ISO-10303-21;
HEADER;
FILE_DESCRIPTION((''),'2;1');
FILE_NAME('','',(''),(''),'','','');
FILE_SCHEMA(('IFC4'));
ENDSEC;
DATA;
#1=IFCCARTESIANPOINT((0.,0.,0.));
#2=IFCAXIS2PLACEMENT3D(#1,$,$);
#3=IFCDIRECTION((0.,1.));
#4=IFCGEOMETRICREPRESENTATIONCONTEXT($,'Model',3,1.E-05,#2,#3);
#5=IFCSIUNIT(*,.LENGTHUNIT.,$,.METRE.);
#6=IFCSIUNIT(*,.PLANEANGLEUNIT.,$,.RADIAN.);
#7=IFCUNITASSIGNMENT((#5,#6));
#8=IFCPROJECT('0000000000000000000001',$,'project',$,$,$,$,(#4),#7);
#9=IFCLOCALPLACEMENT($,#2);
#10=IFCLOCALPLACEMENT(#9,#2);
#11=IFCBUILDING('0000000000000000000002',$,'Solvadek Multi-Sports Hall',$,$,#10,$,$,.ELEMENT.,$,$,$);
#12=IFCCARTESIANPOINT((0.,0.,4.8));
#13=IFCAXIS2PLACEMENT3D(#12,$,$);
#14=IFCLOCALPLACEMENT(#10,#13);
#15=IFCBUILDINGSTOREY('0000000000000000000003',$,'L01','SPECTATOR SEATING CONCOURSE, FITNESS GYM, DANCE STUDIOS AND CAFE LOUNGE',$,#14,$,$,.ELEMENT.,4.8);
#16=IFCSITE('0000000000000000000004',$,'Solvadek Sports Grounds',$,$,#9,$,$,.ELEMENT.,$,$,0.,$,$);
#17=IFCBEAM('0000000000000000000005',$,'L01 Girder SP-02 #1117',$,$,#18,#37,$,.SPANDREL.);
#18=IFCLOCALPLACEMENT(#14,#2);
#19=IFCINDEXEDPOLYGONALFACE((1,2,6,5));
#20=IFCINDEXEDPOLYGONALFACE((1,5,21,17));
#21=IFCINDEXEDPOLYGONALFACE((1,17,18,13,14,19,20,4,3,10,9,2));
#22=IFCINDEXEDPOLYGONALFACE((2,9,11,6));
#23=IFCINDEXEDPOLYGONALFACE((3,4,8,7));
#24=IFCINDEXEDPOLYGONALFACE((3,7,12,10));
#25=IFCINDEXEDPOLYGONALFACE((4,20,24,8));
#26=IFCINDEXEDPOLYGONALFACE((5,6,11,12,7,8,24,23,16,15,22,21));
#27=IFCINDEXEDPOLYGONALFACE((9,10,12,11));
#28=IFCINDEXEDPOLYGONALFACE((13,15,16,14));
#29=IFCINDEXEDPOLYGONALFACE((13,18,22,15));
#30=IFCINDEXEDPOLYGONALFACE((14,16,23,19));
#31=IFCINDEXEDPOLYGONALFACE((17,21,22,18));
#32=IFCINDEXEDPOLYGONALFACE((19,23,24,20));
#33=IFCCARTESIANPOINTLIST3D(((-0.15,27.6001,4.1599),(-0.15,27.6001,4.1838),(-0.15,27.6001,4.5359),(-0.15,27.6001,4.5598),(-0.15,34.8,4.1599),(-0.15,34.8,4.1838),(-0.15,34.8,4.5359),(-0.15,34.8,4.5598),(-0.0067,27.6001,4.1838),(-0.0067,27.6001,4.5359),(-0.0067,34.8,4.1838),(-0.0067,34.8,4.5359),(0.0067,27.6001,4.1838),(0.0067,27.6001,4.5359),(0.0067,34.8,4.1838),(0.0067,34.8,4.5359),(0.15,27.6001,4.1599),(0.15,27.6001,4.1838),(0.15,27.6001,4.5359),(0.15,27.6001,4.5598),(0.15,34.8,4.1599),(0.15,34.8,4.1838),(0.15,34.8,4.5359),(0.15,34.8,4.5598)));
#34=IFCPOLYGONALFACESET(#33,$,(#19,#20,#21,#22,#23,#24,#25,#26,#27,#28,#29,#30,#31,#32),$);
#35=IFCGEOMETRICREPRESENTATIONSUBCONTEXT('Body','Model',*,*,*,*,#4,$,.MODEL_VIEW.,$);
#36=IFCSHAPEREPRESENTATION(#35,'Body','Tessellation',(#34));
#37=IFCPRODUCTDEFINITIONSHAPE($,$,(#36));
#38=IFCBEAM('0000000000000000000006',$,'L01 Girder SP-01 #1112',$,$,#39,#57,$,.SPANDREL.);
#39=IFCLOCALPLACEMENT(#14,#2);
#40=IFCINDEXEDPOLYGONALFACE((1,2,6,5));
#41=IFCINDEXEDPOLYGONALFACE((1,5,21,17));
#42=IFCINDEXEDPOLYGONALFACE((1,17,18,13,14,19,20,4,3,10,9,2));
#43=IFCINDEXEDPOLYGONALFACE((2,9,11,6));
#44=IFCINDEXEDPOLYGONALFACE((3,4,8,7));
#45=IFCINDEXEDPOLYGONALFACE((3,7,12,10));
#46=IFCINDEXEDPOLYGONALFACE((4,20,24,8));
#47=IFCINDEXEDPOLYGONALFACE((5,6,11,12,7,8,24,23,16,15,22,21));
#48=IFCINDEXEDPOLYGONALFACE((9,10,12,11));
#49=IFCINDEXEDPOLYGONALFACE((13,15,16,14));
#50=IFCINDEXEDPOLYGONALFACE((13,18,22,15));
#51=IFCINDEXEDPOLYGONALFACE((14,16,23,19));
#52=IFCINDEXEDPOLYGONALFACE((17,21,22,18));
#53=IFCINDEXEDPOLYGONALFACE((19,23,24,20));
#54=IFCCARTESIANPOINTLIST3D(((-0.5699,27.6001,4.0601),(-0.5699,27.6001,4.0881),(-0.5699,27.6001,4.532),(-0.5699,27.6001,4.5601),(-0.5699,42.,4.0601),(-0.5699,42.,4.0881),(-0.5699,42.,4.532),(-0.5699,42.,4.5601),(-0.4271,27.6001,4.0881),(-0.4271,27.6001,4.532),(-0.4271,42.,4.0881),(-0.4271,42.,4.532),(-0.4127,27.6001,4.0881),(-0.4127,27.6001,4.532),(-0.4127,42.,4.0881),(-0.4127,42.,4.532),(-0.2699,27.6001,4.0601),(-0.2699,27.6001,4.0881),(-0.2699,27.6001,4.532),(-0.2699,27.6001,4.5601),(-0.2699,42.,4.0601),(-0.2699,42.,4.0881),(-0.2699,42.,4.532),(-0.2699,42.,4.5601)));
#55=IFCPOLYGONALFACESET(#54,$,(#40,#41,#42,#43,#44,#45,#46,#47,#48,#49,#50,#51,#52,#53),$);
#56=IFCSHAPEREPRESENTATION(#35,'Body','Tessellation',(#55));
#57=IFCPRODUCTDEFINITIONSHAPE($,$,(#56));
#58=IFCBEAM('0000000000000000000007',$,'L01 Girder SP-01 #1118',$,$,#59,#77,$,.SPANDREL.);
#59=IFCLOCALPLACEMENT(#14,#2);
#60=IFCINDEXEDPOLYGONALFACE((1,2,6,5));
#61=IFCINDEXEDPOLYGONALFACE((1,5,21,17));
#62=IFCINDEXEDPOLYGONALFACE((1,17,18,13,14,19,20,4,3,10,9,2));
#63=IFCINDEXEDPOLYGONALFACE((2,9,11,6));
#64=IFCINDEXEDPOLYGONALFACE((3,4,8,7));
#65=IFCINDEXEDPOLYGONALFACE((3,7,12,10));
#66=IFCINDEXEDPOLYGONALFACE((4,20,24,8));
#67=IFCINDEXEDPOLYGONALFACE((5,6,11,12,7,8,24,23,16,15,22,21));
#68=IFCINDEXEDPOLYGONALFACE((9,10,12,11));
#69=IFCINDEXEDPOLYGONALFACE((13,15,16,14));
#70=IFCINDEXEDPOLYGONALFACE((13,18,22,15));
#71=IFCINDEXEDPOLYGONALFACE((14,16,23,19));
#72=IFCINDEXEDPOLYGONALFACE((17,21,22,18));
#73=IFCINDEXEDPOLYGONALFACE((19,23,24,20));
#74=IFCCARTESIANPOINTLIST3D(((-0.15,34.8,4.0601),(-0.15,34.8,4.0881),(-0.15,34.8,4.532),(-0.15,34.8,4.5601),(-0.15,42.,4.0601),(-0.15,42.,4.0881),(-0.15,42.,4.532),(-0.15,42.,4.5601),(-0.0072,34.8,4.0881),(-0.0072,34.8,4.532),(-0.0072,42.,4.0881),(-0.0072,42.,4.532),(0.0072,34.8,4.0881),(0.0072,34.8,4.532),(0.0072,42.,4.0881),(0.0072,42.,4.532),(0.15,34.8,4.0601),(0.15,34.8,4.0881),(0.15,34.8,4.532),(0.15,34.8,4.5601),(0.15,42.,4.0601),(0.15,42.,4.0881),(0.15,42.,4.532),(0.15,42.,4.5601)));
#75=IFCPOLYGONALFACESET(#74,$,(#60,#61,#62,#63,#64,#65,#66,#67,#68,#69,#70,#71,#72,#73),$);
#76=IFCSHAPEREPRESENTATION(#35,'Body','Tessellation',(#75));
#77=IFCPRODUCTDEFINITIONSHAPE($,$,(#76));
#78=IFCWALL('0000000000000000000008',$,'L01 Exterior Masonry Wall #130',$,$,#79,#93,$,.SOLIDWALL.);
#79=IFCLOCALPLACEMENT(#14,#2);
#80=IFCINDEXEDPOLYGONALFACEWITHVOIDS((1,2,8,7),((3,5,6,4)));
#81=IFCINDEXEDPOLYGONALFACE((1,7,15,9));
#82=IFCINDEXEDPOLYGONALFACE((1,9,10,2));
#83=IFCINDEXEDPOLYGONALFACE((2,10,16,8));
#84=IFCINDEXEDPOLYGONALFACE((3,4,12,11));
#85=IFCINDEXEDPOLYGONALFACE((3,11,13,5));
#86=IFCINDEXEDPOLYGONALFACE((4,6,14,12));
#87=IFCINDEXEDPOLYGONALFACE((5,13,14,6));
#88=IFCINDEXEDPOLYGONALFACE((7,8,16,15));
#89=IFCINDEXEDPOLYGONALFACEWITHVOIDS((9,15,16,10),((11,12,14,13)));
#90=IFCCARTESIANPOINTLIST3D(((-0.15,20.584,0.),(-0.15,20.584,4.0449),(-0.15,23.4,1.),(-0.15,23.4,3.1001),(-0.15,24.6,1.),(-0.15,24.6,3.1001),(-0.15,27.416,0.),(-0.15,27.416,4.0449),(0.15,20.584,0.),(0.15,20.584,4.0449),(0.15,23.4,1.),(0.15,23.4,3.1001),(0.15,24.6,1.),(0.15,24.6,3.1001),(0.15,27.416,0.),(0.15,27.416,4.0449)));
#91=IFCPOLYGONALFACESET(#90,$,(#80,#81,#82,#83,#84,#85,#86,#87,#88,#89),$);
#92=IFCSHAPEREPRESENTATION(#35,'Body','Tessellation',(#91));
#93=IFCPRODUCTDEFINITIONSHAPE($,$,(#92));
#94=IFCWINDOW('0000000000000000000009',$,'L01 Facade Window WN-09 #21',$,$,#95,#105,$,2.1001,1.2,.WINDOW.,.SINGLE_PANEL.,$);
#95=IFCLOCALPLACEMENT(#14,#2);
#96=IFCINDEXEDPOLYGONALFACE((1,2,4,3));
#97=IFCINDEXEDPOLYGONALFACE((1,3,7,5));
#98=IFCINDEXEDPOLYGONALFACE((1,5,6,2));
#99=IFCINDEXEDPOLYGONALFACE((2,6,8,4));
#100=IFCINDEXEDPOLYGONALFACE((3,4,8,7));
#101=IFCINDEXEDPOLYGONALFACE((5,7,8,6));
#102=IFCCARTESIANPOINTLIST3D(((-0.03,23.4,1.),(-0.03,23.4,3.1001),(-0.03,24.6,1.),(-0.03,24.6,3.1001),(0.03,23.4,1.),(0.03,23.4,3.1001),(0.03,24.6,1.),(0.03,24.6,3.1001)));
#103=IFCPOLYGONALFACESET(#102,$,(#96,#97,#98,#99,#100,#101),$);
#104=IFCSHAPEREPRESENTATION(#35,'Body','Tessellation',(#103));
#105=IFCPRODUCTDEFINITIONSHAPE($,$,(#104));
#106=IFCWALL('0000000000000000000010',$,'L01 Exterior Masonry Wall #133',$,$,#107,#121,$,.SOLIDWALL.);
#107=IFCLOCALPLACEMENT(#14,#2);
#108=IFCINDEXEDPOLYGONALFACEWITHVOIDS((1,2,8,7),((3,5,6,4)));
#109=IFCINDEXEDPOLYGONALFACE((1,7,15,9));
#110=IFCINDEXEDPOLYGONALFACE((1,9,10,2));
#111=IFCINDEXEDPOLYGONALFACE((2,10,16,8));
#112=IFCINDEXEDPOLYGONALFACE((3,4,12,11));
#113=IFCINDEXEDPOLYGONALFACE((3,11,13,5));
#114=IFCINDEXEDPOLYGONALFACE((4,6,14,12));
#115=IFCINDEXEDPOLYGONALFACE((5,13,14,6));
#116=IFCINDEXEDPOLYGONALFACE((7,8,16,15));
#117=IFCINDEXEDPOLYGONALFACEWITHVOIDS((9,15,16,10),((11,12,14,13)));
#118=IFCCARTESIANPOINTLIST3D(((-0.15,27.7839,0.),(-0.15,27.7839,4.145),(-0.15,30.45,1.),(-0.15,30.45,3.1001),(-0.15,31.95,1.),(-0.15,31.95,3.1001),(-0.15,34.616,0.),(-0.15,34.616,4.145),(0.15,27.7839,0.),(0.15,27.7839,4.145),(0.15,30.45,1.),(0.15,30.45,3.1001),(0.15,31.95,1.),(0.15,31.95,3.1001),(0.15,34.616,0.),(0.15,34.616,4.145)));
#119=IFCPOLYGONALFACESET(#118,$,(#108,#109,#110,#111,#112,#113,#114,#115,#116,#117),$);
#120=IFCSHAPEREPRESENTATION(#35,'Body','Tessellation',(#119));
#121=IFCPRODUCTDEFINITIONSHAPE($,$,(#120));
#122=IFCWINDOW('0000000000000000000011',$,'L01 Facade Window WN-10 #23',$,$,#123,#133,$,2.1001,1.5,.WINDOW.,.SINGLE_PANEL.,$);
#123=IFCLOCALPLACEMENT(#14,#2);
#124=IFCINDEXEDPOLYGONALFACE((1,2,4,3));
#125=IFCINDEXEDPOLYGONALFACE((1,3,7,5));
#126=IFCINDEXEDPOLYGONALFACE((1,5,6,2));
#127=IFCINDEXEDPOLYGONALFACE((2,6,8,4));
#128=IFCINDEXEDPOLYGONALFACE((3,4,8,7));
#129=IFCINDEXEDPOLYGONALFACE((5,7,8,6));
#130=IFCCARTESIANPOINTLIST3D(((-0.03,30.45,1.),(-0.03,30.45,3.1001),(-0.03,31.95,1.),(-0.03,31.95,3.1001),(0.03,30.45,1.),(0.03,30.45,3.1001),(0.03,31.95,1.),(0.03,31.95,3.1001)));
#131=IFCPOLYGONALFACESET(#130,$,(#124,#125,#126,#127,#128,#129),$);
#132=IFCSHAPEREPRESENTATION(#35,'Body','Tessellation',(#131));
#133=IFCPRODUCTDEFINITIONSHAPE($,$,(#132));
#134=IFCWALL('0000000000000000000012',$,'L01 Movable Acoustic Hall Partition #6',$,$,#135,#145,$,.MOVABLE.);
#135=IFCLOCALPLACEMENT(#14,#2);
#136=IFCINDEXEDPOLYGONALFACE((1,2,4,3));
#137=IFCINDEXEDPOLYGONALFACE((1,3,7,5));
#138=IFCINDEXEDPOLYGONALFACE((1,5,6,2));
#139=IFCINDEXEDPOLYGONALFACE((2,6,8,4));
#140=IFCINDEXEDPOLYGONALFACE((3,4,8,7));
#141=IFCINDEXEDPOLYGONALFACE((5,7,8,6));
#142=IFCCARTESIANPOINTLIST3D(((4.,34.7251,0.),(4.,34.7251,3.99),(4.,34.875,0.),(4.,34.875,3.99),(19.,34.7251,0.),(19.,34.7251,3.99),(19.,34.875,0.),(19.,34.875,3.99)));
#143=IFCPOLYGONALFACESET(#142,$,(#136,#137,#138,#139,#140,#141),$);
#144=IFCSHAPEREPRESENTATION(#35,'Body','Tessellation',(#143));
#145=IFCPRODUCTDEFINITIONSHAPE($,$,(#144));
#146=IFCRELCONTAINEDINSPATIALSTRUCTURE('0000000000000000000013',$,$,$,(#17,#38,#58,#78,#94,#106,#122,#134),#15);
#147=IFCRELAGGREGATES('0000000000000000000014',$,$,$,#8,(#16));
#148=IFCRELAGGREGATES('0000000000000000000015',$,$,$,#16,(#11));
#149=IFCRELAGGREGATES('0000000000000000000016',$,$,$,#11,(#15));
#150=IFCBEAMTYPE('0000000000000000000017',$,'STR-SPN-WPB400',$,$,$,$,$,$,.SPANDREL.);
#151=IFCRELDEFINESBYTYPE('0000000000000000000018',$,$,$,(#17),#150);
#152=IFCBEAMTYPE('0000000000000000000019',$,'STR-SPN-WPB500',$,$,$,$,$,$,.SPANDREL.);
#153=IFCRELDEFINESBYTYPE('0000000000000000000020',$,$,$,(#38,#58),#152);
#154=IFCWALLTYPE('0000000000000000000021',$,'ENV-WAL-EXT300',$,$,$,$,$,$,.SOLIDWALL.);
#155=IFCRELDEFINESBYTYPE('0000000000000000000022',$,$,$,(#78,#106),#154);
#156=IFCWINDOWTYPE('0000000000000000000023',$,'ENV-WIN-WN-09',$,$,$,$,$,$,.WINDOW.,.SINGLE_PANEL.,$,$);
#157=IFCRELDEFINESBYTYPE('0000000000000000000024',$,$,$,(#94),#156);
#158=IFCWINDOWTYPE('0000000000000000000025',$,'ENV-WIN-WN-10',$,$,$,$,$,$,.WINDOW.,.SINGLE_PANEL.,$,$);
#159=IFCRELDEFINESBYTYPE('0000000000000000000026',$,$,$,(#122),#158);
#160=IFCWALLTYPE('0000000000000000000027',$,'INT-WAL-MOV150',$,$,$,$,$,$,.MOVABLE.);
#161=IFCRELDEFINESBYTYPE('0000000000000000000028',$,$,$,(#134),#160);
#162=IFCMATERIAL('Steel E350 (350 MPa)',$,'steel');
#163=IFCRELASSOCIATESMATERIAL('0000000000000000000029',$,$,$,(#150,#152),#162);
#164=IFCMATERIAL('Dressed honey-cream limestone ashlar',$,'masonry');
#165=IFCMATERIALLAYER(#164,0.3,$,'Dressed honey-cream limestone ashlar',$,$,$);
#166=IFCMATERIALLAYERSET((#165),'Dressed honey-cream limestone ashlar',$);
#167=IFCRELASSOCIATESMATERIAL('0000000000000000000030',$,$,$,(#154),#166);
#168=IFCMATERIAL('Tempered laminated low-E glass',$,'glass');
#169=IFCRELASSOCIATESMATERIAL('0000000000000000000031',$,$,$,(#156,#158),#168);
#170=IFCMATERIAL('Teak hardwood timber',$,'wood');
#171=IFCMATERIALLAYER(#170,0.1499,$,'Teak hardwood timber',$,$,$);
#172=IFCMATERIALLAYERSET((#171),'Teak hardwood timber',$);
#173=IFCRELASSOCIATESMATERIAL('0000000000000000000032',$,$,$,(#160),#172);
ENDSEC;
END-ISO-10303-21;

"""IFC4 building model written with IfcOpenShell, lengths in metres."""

from ifc_helpers import new_model, si_unit, direction, frame, frame_2d, origin, origin_2d, place, context, subcontext, project, spatial, rectangle, i_section, extrude, material, layer, layer_set, material_profile, profile_set, type_object, element, fill, save


model = new_model("IFC4")

# Units and contexts
model_context = context("Model", 3, precision=1e-05, world=origin(), true_north=direction((0.0, 1.0)))
body_context = subcontext(model_context, "Body", "Model", "MODEL_VIEW")
ifc_project = project(units=[si_unit("LENGTHUNIT", "METRE"), si_unit("PLANEANGLEUNIT", "RADIAN")], contexts=[model_context])

# Site, building, storey
site_placement = place(None, origin())
site = spatial("IfcSite", under=ifc_project, at=site_placement, Name="Solvadek Sports Grounds", CompositionType="ELEMENT", RefElevation=0.0)
building_placement = place(site_placement, origin())
building = spatial("IfcBuilding", under=site, at=building_placement, Name="Solvadek Multi-Sports Hall", CompositionType="ELEMENT")
storey_placement = place(building_placement, frame((0.0, 0.0, 4.8)))
storey = spatial("IfcBuildingStorey", under=building, at=storey_placement, Name="L01", Description="SPECTATOR SEATING CONCOURSE, FITNESS GYM, DANCE STUDIOS AND CAFE LOUNGE", CompositionType="ELEMENT", Elevation=4.8)

# Shared definitions
ifc_material_1 = material(Name="Steel E350 (350 MPa)", Category="steel")

# Beams
ifc_material_profile_1 = material_profile(ifc_material_1, i_section(OverallWidth=0.3, OverallDepth=0.3999, WebThickness=0.0134, FlangeThickness=0.0239, at=origin_2d()), Name="WPB 400")
ifc_profile_set_1 = profile_set([ifc_material_profile_1], Name="Steel E350 (350 MPa)")
beam_type_1 = type_object("IfcBeamType", Name="STR-SPN-WPB400", PredefinedType="SPANDREL", material=ifc_profile_set_1)
beam_1_placement = place(storey_placement, frame((0.0, 27.6001, 4.3599), z_axis=(0.0, 1.0, 0.0), x_axis=(-1.0, 0.0, 0.0)))
element("IfcBeam", 1, at=beam_1_placement, inside=storey, type_object=beam_type_1, Name="L01 Girder SP-02 #1117", PredefinedType="SPANDREL", context=body_context, shape_type="SweptSolid", body=[
    extrude(i_section(OverallWidth=0.3, OverallDepth=0.3999, WebThickness=0.0134, FlangeThickness=0.0239, at=origin_2d()), origin(), (0.0, 0.0, 1.0), 7.2),
])
ifc_material_profile_2 = material_profile(ifc_material_1, i_section(OverallWidth=0.3, OverallDepth=0.5, WebThickness=0.0144, FlangeThickness=0.0281, at=origin_2d()), Name="WPB 500")
ifc_profile_set_2 = profile_set([ifc_material_profile_2], Name="Steel E350 (350 MPa)")
beam_type_2 = type_object("IfcBeamType", Name="STR-SPN-WPB500", PredefinedType="SPANDREL", material=ifc_profile_set_2)
beam_2_placement = place(storey_placement, frame((-0.4199, 27.6001, 4.3101), z_axis=(0.0, 1.0, 0.0), x_axis=(-1.0, 0.0, 0.0)))
element("IfcBeam", 2, at=beam_2_placement, inside=storey, type_object=beam_type_2, Name="L01 Girder SP-01 #1112", PredefinedType="SPANDREL", context=body_context, shape_type="SweptSolid", body=[
    extrude(i_section(OverallWidth=0.3, OverallDepth=0.5, WebThickness=0.0144, FlangeThickness=0.0281, at=origin_2d()), origin(), (0.0, 0.0, 1.0), 14.3999),
])
beam_3_placement = place(storey_placement, frame((0.0, 34.8, 4.3101), z_axis=(0.0, 1.0, 0.0), x_axis=(-1.0, 0.0, 0.0)))
element("IfcBeam", 3, at=beam_3_placement, inside=storey, type_object=beam_type_2, Name="L01 Girder SP-01 #1118", PredefinedType="SPANDREL", context=body_context, shape_type="SweptSolid", body=[
    extrude(i_section(OverallWidth=0.3, OverallDepth=0.5, WebThickness=0.0144, FlangeThickness=0.0281, at=origin_2d()), origin(), (0.0, 0.0, 1.0), 7.2),
])

# Walls, openings, windows
ifc_material_2 = material(Name="Dressed honey-cream limestone ashlar", Category="masonry")
ifc_layer_1 = layer(ifc_material_2, 0.3, Name="Dressed honey-cream limestone ashlar")
ifc_layer_set_1 = layer_set([ifc_layer_1], Name="Dressed honey-cream limestone ashlar")
wall_type_1 = type_object("IfcWallType", Name="ENV-WAL-EXT300", PredefinedType="SOLIDWALL", material=ifc_layer_set_1)
wall_1_placement = place(storey_placement, frame((0.0, 20.584, 0.0), z_axis=(0.0, 0.0, 1.0), x_axis=(0.0, 1.0, 0.0)))
wall_1 = element("IfcWall", 4, at=wall_1_placement, inside=storey, type_object=wall_type_1, Name="L01 Exterior Masonry Wall #130", PredefinedType="SOLIDWALL", context=body_context, shape_type="SweptSolid", body=[
    extrude(rectangle(XDim=6.832, YDim=0.3, at=frame_2d((3.416, 0.0))), origin(), (0.0, 0.0, 1.0), 4.0449),
])
opening_1_placement = place(wall_1_placement, frame((2.8159, 0.0, 1.0)))
opening_1 = element("IfcOpeningElement", 5, at=opening_1_placement, cuts=wall_1, PredefinedType="OPENING", context=body_context, shape_type="SweptSolid", body=[
    extrude(rectangle(XDim=1.2, YDim=2.1001, at=frame_2d((0.6001, 1.05))), frame((0.0, 0.1599, 0.0), z_axis=(0.0, -1.0, 0.0), x_axis=(1.0, 0.0, 0.0)), (0.0, 0.0, 1.0), 0.3201),
])
ifc_material_3 = material(Name="Tempered laminated low-E glass", Category="glass")
window_type_1 = type_object("IfcWindowType", Name="ENV-WIN-WN-09", PartitioningType="SINGLE_PANEL", PredefinedType="WINDOW", material=ifc_material_3)
window_1_placement = place(opening_1_placement, origin())
window_1 = element("IfcWindow", 6, at=window_1_placement, inside=storey, type_object=window_type_1, Name="L01 Facade Window WN-09 #21", OverallHeight=2.1001, OverallWidth=1.2, PartitioningType="SINGLE_PANEL", PredefinedType="WINDOW", context=body_context, shape_type="SweptSolid", body=[
    extrude(rectangle(XDim=1.2, YDim=2.1001, at=frame_2d((0.6001, 1.05))), frame((0.0, 0.03, 0.0), z_axis=(0.0, -1.0, 0.0), x_axis=(1.0, 0.0, 0.0)), (0.0, 0.0, 1.0), 0.0601),
])
fill(opening_1, window_1)
wall_2_placement = place(storey_placement, frame((0.0, 27.7839, 0.0), z_axis=(0.0, 0.0, 1.0), x_axis=(0.0, 1.0, 0.0)))
wall_2 = element("IfcWall", 7, at=wall_2_placement, inside=storey, type_object=wall_type_1, Name="L01 Exterior Masonry Wall #133", PredefinedType="SOLIDWALL", context=body_context, shape_type="SweptSolid", body=[
    extrude(rectangle(XDim=6.832, YDim=0.3, at=frame_2d((3.416, 0.0))), origin(), (0.0, 0.0, 1.0), 4.145),
])
opening_2_placement = place(wall_2_placement, frame((2.666, 0.0, 1.0)))
opening_2 = element("IfcOpeningElement", 8, at=opening_2_placement, cuts=wall_2, PredefinedType="OPENING", context=body_context, shape_type="SweptSolid", body=[
    extrude(rectangle(XDim=1.5, YDim=2.1001, at=frame_2d((0.75, 1.05))), frame((0.0, 0.1599, 0.0), z_axis=(0.0, -1.0, 0.0), x_axis=(1.0, 0.0, 0.0)), (0.0, 0.0, 1.0), 0.3201),
])
window_type_2 = type_object("IfcWindowType", Name="ENV-WIN-WN-10", PartitioningType="SINGLE_PANEL", PredefinedType="WINDOW", material=ifc_material_3)
window_2_placement = place(opening_2_placement, origin())
window_2 = element("IfcWindow", 9, at=window_2_placement, inside=storey, type_object=window_type_2, Name="L01 Facade Window WN-10 #23", OverallHeight=2.1001, OverallWidth=1.5, PartitioningType="SINGLE_PANEL", PredefinedType="WINDOW", context=body_context, shape_type="SweptSolid", body=[
    extrude(rectangle(XDim=1.5, YDim=2.1001, at=frame_2d((0.75, 1.05))), frame((0.0, 0.03, 0.0), z_axis=(0.0, -1.0, 0.0), x_axis=(1.0, 0.0, 0.0)), (0.0, 0.0, 1.0), 0.0601),
])
fill(opening_2, window_2)

# Wall
ifc_material_4 = material(Name="Teak hardwood timber", Category="wood")
ifc_layer_2 = layer(ifc_material_4, 0.1499, Name="Teak hardwood timber")
ifc_layer_set_2 = layer_set([ifc_layer_2], Name="Teak hardwood timber")
wall_type_2 = type_object("IfcWallType", Name="INT-WAL-MOV150", PredefinedType="MOVABLE", material=ifc_layer_set_2)
wall_3_placement = place(storey_placement, frame((4.0, 34.8, 0.0), z_axis=(0.0, 0.0, 1.0), x_axis=(1.0, 0.0, 0.0)))
element("IfcWall", 10, at=wall_3_placement, inside=storey, type_object=wall_type_2, Name="L01 Movable Acoustic Hall Partition #6", PredefinedType="MOVABLE", context=body_context, shape_type="SweptSolid", body=[
    extrude(rectangle(XDim=15.0, YDim=0.1499, at=frame_2d((7.5, 0.0))), origin(), (0.0, 0.0, 1.0), 3.99),
])

save(model, "model.ifc")
